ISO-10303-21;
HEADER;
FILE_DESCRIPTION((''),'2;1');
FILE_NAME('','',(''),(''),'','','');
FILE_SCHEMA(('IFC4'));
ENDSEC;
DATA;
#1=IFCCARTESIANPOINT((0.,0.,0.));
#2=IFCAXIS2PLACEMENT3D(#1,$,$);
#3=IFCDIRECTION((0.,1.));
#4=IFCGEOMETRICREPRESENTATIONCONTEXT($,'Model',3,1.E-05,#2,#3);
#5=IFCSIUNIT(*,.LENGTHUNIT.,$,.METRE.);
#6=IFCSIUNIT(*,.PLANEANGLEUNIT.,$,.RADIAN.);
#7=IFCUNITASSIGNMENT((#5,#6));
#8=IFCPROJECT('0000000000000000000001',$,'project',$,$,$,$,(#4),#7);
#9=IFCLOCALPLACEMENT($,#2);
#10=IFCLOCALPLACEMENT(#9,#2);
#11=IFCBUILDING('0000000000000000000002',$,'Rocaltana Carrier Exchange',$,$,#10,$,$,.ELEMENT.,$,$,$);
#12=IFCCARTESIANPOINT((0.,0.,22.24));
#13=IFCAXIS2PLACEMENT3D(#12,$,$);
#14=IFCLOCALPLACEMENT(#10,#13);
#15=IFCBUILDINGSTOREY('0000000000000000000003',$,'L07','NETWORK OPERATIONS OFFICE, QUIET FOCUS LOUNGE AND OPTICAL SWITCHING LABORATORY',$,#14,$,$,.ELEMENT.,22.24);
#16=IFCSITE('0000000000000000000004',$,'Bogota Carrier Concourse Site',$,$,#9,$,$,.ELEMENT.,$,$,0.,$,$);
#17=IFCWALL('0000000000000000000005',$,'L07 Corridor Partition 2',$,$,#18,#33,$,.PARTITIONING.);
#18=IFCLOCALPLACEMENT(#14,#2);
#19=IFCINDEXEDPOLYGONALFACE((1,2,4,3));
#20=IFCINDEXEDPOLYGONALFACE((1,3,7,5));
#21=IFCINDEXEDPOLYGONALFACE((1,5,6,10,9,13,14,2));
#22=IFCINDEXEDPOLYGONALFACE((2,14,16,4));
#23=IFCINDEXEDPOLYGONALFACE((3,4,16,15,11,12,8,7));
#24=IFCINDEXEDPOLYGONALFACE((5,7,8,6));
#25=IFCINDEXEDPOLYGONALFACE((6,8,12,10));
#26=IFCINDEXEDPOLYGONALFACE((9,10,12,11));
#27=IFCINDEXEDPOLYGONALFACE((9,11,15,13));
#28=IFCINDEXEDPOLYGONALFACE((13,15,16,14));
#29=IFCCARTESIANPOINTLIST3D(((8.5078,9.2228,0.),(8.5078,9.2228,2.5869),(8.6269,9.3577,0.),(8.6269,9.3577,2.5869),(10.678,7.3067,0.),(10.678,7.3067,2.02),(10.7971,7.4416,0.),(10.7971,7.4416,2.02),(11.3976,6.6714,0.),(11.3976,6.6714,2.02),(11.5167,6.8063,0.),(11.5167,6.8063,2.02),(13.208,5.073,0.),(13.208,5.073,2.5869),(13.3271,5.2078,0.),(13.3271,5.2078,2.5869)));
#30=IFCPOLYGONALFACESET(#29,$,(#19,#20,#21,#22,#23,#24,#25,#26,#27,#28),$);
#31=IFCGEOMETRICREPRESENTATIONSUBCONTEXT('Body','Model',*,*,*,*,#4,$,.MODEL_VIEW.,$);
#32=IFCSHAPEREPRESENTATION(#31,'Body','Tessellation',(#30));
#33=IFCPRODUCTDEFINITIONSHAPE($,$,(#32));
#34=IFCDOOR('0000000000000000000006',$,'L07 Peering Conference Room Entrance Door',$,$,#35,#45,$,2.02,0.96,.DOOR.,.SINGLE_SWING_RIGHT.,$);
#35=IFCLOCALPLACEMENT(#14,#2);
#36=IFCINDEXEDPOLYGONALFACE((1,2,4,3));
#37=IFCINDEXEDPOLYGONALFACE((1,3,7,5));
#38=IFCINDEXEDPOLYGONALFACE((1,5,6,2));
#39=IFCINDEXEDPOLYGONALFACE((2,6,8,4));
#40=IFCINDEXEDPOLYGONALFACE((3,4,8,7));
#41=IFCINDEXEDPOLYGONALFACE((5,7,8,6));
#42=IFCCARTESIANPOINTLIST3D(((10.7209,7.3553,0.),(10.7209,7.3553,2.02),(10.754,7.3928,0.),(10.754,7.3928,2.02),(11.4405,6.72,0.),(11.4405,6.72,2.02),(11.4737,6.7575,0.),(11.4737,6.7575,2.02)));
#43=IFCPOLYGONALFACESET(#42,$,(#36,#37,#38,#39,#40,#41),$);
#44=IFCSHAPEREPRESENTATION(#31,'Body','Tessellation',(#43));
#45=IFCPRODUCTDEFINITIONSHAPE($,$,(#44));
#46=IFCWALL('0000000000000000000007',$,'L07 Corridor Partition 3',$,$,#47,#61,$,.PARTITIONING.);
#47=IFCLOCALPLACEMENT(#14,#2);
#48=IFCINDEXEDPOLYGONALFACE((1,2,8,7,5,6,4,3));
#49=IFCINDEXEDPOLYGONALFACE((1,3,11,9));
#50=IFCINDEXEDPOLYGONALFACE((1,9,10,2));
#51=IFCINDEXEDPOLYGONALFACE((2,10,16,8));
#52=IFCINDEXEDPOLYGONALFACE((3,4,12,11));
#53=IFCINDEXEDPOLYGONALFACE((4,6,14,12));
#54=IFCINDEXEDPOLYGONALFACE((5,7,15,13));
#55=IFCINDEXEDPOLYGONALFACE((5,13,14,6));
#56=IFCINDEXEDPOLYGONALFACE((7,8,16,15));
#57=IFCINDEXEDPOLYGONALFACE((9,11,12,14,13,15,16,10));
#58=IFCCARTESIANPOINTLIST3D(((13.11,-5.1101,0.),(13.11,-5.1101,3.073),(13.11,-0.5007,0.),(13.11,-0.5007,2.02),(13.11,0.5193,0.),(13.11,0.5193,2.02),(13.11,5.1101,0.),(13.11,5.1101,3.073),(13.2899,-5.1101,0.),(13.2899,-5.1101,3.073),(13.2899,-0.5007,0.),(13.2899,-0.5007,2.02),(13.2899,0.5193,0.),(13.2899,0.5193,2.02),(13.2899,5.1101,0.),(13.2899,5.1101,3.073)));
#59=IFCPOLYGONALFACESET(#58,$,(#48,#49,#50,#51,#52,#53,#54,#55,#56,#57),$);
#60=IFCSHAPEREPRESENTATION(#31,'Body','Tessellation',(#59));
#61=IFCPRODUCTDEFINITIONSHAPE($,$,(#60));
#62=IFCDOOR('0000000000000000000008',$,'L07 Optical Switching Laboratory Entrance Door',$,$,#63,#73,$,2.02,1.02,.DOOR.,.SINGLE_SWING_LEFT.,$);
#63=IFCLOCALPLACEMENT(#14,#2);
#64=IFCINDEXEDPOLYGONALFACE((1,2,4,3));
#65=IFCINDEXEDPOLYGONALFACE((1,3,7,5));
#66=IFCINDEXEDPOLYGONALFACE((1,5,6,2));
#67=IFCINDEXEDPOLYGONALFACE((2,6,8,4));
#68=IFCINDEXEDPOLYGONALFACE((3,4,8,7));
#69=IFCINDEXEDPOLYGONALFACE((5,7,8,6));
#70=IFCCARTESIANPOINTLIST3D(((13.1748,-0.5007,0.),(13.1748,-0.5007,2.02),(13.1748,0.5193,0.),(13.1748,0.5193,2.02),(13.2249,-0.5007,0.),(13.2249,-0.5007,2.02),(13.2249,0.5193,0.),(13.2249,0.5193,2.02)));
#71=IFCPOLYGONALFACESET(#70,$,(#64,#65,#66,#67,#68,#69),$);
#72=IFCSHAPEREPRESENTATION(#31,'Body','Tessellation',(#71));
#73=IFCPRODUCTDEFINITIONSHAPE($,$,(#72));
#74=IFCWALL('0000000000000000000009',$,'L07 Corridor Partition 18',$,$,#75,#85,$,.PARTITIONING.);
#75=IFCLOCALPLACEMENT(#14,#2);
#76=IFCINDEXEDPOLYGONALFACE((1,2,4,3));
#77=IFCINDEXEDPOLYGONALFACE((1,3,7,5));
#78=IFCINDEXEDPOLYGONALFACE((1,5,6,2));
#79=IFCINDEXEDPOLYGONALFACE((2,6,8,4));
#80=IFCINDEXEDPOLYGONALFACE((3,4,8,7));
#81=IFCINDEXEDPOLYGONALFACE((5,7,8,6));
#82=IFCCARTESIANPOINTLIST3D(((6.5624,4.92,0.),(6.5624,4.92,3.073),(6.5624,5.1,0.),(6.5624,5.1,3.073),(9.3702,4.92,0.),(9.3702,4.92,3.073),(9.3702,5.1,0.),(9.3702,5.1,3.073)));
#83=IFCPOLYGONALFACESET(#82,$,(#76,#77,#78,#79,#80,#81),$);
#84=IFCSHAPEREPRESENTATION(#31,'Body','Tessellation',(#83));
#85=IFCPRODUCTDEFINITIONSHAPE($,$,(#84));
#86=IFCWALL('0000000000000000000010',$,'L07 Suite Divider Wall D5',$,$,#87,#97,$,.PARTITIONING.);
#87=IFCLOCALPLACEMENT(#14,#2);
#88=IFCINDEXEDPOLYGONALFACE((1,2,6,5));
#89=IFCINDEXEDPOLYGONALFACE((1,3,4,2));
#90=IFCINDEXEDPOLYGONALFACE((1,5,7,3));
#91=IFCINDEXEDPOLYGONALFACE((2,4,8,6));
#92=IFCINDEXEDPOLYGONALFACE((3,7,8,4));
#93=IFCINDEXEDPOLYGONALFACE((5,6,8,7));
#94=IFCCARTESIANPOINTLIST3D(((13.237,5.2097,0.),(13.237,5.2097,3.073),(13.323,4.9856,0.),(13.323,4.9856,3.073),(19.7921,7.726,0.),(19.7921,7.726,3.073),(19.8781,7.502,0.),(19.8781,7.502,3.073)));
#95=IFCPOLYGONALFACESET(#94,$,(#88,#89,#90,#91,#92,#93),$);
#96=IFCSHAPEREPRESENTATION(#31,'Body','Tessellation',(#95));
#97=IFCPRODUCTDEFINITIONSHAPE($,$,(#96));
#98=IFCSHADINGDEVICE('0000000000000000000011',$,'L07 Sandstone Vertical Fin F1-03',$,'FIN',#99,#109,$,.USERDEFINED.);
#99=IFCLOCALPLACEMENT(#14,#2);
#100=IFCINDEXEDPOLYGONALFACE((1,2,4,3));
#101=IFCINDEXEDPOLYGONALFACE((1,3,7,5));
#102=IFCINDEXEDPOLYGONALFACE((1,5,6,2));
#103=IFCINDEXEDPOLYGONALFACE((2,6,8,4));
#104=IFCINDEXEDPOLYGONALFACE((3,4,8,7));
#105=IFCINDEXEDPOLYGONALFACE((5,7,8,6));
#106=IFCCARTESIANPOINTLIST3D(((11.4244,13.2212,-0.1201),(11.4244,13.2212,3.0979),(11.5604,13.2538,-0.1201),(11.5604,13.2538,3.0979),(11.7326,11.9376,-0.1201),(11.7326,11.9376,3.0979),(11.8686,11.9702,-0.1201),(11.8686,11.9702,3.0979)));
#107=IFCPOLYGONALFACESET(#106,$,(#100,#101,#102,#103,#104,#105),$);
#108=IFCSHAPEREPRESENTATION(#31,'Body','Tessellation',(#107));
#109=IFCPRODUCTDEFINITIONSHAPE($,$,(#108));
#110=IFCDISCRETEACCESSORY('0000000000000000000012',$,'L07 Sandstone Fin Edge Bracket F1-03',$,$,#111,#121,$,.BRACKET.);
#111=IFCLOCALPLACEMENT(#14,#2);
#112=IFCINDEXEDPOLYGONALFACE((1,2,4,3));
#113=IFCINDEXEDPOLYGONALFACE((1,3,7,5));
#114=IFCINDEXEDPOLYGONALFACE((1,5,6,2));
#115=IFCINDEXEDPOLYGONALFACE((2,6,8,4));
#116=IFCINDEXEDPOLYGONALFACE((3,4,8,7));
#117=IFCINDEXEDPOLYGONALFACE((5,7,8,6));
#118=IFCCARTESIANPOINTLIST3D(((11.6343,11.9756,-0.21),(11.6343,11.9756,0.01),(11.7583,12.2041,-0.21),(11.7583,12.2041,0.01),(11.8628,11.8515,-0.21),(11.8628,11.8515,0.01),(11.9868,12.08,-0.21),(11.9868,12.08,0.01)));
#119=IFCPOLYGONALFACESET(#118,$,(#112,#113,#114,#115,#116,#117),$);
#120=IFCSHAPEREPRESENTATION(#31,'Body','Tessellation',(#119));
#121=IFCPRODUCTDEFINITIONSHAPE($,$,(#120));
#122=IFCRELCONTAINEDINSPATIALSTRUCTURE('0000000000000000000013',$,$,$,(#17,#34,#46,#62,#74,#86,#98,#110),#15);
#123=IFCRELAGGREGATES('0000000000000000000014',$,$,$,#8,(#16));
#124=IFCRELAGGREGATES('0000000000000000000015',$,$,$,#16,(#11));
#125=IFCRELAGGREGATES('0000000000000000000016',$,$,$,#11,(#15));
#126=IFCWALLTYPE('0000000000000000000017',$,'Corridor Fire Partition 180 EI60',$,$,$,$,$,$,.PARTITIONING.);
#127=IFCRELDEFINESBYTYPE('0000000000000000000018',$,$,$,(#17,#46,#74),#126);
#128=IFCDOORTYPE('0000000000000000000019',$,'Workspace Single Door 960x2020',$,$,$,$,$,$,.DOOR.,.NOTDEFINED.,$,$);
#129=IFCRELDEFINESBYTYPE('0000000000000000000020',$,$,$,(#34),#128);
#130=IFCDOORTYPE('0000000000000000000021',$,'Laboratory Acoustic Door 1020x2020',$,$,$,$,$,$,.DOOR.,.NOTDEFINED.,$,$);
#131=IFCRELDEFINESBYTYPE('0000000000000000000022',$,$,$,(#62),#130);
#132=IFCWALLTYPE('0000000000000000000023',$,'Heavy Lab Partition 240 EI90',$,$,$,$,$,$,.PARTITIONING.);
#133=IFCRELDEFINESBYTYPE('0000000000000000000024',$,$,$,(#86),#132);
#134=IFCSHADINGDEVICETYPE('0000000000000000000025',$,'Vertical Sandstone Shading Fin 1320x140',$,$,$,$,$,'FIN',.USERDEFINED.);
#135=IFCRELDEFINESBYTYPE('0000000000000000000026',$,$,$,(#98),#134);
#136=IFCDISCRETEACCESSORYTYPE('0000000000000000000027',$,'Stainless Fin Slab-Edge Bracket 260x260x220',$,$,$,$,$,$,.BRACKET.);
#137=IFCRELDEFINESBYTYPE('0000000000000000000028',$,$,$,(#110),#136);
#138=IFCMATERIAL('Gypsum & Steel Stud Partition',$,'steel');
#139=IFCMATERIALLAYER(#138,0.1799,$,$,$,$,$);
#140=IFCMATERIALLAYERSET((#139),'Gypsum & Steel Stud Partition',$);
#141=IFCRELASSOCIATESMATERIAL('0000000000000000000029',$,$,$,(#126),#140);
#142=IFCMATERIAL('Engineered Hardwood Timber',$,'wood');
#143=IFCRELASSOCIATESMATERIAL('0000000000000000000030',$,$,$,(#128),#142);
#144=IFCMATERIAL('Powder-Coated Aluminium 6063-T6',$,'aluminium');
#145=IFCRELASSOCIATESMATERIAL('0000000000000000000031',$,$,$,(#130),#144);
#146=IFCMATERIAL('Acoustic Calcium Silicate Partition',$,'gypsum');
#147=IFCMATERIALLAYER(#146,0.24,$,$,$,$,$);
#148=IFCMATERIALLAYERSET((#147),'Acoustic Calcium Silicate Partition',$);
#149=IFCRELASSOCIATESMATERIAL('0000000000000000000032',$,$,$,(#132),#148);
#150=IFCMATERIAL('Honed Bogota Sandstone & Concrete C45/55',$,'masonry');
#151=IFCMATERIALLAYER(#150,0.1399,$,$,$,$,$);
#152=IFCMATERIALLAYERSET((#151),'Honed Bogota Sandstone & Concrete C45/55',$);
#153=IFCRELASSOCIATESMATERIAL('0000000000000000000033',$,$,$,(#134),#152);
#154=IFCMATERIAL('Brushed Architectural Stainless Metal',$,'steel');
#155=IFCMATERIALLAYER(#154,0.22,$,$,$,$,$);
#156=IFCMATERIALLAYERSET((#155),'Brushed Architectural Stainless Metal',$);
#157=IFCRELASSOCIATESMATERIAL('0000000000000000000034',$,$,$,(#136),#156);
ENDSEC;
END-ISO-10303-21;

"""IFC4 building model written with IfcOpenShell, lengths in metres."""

from ifc_helpers import new_model, si_unit, direction, frame, frame_2d, origin, origin_2d, place, context, subcontext, project, spatial, rectangle, extrude, material, layer, layer_set, type_object, element, fill, save


model = new_model("IFC4")

# Units and contexts
model_context = context("Model", 3, precision=1e-05, world=origin(), true_north=direction((0.0, 1.0)))
body_context = subcontext(model_context, "Body", "Model", "MODEL_VIEW")
ifc_project = project(units=[si_unit("LENGTHUNIT", "METRE"), si_unit("PLANEANGLEUNIT", "RADIAN")], contexts=[model_context])

# Site, building, storey
site_placement = place(None, origin())
site = spatial("IfcSite", under=ifc_project, at=site_placement, Name="Bogota Carrier Concourse Site", CompositionType="ELEMENT", RefElevation=0.0)
building_placement = place(site_placement, origin())
building = spatial("IfcBuilding", under=site, at=building_placement, Name="Rocaltana Carrier Exchange", CompositionType="ELEMENT")
storey_placement = place(building_placement, frame((0.0, 0.0, 22.24)))
storey = spatial("IfcBuildingStorey", under=building, at=storey_placement, Name="L07", Description="NETWORK OPERATIONS OFFICE, QUIET FOCUS LOUNGE AND OPTICAL SWITCHING LABORATORY", CompositionType="ELEMENT", Elevation=22.24)

# Walls, openings, doors
ifc_material_1 = material(Name="Gypsum & Steel Stud Partition", Category="steel")
ifc_layer_1 = layer(ifc_material_1, 0.1799)
ifc_layer_set_1 = layer_set([ifc_layer_1], Name="Gypsum & Steel Stud Partition")
wall_type_1 = type_object("IfcWallType", Name="Corridor Fire Partition 180 EI60", PredefinedType="PARTITIONING", material=ifc_layer_set_1)
wall_1_placement = place(storey_placement, frame((8.5674, 9.2903, 0.0), z_axis=(0.0, 0.0, 1.0), x_axis=(0.749626, -0.661861, 0.0)))
wall_1 = element("IfcWall", 1, at=wall_1_placement, inside=storey, type_object=wall_type_1, Name="L07 Corridor Partition 2", PredefinedType="PARTITIONING", context=body_context, shape_type="SweptSolid", body=[
    extrude(rectangle(XDim=6.27, YDim=0.1799, at=frame_2d((3.135, 0.0))), origin(), (0.0, 0.0, 1.0), 2.5869),
])
opening_1_placement = place(wall_1_placement, frame((2.895, 0.0, 0.0)))
opening_1 = element("IfcOpeningElement", 2, at=opening_1_placement, cuts=wall_1, PredefinedType="OPENING", context=body_context, shape_type="SweptSolid", body=[
    extrude(rectangle(XDim=0.96, YDim=2.02, at=frame_2d((0.48, 1.01))), frame((0.0, 0.0999, 0.0), z_axis=(0.0, -1.0, 0.0), x_axis=(1.0, 0.0, 0.0)), (0.0, 0.0, 1.0), 0.2),
])
ifc_material_2 = material(Name="Engineered Hardwood Timber", Category="wood")
door_type_1 = type_object("IfcDoorType", Name="Workspace Single Door 960x2020", OperationType="NOTDEFINED", PredefinedType="DOOR", material=ifc_material_2)
door_1_placement = place(opening_1_placement, origin())
door_1 = element("IfcDoor", 3, at=door_1_placement, inside=storey, type_object=door_type_1, Name="L07 Peering Conference Room Entrance Door", OperationType="SINGLE_SWING_RIGHT", OverallHeight=2.02, OverallWidth=0.96, PredefinedType="DOOR", context=body_context, shape_type="SweptSolid", body=[
    extrude(rectangle(XDim=0.96, YDim=2.02, at=frame_2d((0.48, 1.01))), frame((0.0, 0.0249, 0.0), z_axis=(0.0, -1.0, 0.0), x_axis=(1.0, 0.0, 0.0)), (0.0, 0.0, 1.0), 0.05),
])
fill(opening_1, door_1)
wall_2_placement = place(storey_placement, frame((13.2, 5.1101, 0.0), z_axis=(0.0, 0.0, 1.0), x_axis=(0.0, -1.0, 0.0)))
wall_2 = element("IfcWall", 4, at=wall_2_placement, inside=storey, type_object=wall_type_1, Name="L07 Corridor Partition 3", PredefinedType="PARTITIONING", context=body_context, shape_type="SweptSolid", body=[
    extrude(rectangle(XDim=10.2202, YDim=0.1799, at=frame_2d((5.1101, 0.0))), origin(), (0.0, 0.0, 1.0), 3.073),
])
opening_2_placement = place(wall_2_placement, frame((4.5908, 0.0, 0.0)))
opening_2 = element("IfcOpeningElement", 5, at=opening_2_placement, cuts=wall_2, PredefinedType="OPENING", context=body_context, shape_type="SweptSolid", body=[
    extrude(rectangle(XDim=1.02, YDim=2.02, at=frame_2d((0.51, 1.01))), frame((0.0, 0.0999, 0.0), z_axis=(0.0, -1.0, 0.0), x_axis=(1.0, 0.0, 0.0)), (0.0, 0.0, 1.0), 0.2),
])
ifc_material_3 = material(Name="Powder-Coated Aluminium 6063-T6", Category="aluminium")
door_type_2 = type_object("IfcDoorType", Name="Laboratory Acoustic Door 1020x2020", OperationType="NOTDEFINED", PredefinedType="DOOR", material=ifc_material_3)
door_2_placement = place(opening_2_placement, origin())
door_2 = element("IfcDoor", 6, at=door_2_placement, inside=storey, type_object=door_type_2, Name="L07 Optical Switching Laboratory Entrance Door", OperationType="SINGLE_SWING_LEFT", OverallHeight=2.02, OverallWidth=1.02, PredefinedType="DOOR", context=body_context, shape_type="SweptSolid", body=[
    extrude(rectangle(XDim=1.02, YDim=2.02, at=frame_2d((0.51, 1.01))), frame((0.0, 0.0249, 0.0), z_axis=(0.0, -1.0, 0.0), x_axis=(1.0, 0.0, 0.0)), (0.0, 0.0, 1.0), 0.05),
])
fill(opening_2, door_2)

# Walls
wall_3_placement = place(storey_placement, frame((9.3701, 5.01, 0.0), z_axis=(0.0, 0.0, 1.0), x_axis=(-1.0, 0.0, 0.0)))
element("IfcWall", 7, at=wall_3_placement, inside=storey, type_object=wall_type_1, Name="L07 Corridor Partition 18", PredefinedType="PARTITIONING", context=body_context, shape_type="SweptSolid", body=[
    extrude(rectangle(XDim=2.8079, YDim=0.1799, at=frame_2d((1.4038, 0.0))), origin(), (0.0, 0.0, 1.0), 3.073),
])
ifc_material_4 = material(Name="Acoustic Calcium Silicate Partition", Category="gypsum")
ifc_layer_2 = layer(ifc_material_4, 0.24)
ifc_layer_set_2 = layer_set([ifc_layer_2], Name="Acoustic Calcium Silicate Partition")
wall_type_2 = type_object("IfcWallType", Name="Heavy Lab Partition 240 EI90", PredefinedType="PARTITIONING", material=ifc_layer_set_2)
wall_4_placement = place(storey_placement, frame((13.28, 5.0977, 0.0), z_axis=(0.0, 0.0, 1.0), x_axis=(0.933578, 0.358376, 0.0)))
element("IfcWall", 8, at=wall_4_placement, inside=storey, type_object=wall_type_2, Name="L07 Suite Divider Wall D5", PredefinedType="PARTITIONING", context=body_context, shape_type="SweptSolid", body=[
    extrude(rectangle(XDim=7.0215, YDim=0.24, at=frame_2d((3.5107, 0.0))), origin(), (0.0, 0.0, 1.0), 3.073),
])

# Shading device
ifc_material_5 = material(Name="Honed Bogota Sandstone & Concrete C45/55", Category="masonry")
ifc_layer_3 = layer(ifc_material_5, 0.1399)
ifc_layer_set_3 = layer_set([ifc_layer_3], Name="Honed Bogota Sandstone & Concrete C45/55")
shading_device_type = type_object("IfcShadingDeviceType", Name="Vertical Sandstone Shading Fin 1320x140", ElementType="FIN", PredefinedType="USERDEFINED", material=ifc_layer_set_3)
shading_device_placement = place(storey_placement, frame((11.6465, 12.5957, -0.1201), z_axis=(0.0, 0.0, 1.0), x_axis=(-0.233445, 0.97237, 0.0)))
element("IfcShadingDevice", 9, at=shading_device_placement, inside=storey, type_object=shading_device_type, Name="L07 Sandstone Vertical Fin F1-03", ObjectType="FIN", PredefinedType="USERDEFINED", context=body_context, shape_type="SweptSolid", body=[
    extrude(rectangle(XDim=1.3201, YDim=0.1399, at=origin_2d()), origin(), (0.0, 0.0, 1.0), 3.218),
])

# Discrete accessory
ifc_material_6 = material(Name="Brushed Architectural Stainless Metal", Category="steel")
ifc_layer_4 = layer(ifc_material_6, 0.22)
ifc_layer_set_4 = layer_set([ifc_layer_4], Name="Brushed Architectural Stainless Metal")
discrete_accessory_type = type_object("IfcDiscreteAccessoryType", Name="Stainless Fin Slab-Edge Bracket 260x260x220", PredefinedType="BRACKET", material=ifc_layer_set_4)
discrete_accessory_placement = place(storey_placement, frame((11.8105, 12.0278, -0.21), z_axis=(0.0, 0.0, 1.0), x_axis=(-0.878817, 0.477159, 0.0)))
element("IfcDiscreteAccessory", 10, at=discrete_accessory_placement, inside=storey, type_object=discrete_accessory_type, Name="L07 Sandstone Fin Edge Bracket F1-03", PredefinedType="BRACKET", context=body_context, shape_type="SweptSolid", body=[
    extrude(rectangle(XDim=0.26, YDim=0.26, at=origin_2d()), origin(), (0.0, 0.0, 1.0), 0.22),
])

save(model, "model.ifc")
